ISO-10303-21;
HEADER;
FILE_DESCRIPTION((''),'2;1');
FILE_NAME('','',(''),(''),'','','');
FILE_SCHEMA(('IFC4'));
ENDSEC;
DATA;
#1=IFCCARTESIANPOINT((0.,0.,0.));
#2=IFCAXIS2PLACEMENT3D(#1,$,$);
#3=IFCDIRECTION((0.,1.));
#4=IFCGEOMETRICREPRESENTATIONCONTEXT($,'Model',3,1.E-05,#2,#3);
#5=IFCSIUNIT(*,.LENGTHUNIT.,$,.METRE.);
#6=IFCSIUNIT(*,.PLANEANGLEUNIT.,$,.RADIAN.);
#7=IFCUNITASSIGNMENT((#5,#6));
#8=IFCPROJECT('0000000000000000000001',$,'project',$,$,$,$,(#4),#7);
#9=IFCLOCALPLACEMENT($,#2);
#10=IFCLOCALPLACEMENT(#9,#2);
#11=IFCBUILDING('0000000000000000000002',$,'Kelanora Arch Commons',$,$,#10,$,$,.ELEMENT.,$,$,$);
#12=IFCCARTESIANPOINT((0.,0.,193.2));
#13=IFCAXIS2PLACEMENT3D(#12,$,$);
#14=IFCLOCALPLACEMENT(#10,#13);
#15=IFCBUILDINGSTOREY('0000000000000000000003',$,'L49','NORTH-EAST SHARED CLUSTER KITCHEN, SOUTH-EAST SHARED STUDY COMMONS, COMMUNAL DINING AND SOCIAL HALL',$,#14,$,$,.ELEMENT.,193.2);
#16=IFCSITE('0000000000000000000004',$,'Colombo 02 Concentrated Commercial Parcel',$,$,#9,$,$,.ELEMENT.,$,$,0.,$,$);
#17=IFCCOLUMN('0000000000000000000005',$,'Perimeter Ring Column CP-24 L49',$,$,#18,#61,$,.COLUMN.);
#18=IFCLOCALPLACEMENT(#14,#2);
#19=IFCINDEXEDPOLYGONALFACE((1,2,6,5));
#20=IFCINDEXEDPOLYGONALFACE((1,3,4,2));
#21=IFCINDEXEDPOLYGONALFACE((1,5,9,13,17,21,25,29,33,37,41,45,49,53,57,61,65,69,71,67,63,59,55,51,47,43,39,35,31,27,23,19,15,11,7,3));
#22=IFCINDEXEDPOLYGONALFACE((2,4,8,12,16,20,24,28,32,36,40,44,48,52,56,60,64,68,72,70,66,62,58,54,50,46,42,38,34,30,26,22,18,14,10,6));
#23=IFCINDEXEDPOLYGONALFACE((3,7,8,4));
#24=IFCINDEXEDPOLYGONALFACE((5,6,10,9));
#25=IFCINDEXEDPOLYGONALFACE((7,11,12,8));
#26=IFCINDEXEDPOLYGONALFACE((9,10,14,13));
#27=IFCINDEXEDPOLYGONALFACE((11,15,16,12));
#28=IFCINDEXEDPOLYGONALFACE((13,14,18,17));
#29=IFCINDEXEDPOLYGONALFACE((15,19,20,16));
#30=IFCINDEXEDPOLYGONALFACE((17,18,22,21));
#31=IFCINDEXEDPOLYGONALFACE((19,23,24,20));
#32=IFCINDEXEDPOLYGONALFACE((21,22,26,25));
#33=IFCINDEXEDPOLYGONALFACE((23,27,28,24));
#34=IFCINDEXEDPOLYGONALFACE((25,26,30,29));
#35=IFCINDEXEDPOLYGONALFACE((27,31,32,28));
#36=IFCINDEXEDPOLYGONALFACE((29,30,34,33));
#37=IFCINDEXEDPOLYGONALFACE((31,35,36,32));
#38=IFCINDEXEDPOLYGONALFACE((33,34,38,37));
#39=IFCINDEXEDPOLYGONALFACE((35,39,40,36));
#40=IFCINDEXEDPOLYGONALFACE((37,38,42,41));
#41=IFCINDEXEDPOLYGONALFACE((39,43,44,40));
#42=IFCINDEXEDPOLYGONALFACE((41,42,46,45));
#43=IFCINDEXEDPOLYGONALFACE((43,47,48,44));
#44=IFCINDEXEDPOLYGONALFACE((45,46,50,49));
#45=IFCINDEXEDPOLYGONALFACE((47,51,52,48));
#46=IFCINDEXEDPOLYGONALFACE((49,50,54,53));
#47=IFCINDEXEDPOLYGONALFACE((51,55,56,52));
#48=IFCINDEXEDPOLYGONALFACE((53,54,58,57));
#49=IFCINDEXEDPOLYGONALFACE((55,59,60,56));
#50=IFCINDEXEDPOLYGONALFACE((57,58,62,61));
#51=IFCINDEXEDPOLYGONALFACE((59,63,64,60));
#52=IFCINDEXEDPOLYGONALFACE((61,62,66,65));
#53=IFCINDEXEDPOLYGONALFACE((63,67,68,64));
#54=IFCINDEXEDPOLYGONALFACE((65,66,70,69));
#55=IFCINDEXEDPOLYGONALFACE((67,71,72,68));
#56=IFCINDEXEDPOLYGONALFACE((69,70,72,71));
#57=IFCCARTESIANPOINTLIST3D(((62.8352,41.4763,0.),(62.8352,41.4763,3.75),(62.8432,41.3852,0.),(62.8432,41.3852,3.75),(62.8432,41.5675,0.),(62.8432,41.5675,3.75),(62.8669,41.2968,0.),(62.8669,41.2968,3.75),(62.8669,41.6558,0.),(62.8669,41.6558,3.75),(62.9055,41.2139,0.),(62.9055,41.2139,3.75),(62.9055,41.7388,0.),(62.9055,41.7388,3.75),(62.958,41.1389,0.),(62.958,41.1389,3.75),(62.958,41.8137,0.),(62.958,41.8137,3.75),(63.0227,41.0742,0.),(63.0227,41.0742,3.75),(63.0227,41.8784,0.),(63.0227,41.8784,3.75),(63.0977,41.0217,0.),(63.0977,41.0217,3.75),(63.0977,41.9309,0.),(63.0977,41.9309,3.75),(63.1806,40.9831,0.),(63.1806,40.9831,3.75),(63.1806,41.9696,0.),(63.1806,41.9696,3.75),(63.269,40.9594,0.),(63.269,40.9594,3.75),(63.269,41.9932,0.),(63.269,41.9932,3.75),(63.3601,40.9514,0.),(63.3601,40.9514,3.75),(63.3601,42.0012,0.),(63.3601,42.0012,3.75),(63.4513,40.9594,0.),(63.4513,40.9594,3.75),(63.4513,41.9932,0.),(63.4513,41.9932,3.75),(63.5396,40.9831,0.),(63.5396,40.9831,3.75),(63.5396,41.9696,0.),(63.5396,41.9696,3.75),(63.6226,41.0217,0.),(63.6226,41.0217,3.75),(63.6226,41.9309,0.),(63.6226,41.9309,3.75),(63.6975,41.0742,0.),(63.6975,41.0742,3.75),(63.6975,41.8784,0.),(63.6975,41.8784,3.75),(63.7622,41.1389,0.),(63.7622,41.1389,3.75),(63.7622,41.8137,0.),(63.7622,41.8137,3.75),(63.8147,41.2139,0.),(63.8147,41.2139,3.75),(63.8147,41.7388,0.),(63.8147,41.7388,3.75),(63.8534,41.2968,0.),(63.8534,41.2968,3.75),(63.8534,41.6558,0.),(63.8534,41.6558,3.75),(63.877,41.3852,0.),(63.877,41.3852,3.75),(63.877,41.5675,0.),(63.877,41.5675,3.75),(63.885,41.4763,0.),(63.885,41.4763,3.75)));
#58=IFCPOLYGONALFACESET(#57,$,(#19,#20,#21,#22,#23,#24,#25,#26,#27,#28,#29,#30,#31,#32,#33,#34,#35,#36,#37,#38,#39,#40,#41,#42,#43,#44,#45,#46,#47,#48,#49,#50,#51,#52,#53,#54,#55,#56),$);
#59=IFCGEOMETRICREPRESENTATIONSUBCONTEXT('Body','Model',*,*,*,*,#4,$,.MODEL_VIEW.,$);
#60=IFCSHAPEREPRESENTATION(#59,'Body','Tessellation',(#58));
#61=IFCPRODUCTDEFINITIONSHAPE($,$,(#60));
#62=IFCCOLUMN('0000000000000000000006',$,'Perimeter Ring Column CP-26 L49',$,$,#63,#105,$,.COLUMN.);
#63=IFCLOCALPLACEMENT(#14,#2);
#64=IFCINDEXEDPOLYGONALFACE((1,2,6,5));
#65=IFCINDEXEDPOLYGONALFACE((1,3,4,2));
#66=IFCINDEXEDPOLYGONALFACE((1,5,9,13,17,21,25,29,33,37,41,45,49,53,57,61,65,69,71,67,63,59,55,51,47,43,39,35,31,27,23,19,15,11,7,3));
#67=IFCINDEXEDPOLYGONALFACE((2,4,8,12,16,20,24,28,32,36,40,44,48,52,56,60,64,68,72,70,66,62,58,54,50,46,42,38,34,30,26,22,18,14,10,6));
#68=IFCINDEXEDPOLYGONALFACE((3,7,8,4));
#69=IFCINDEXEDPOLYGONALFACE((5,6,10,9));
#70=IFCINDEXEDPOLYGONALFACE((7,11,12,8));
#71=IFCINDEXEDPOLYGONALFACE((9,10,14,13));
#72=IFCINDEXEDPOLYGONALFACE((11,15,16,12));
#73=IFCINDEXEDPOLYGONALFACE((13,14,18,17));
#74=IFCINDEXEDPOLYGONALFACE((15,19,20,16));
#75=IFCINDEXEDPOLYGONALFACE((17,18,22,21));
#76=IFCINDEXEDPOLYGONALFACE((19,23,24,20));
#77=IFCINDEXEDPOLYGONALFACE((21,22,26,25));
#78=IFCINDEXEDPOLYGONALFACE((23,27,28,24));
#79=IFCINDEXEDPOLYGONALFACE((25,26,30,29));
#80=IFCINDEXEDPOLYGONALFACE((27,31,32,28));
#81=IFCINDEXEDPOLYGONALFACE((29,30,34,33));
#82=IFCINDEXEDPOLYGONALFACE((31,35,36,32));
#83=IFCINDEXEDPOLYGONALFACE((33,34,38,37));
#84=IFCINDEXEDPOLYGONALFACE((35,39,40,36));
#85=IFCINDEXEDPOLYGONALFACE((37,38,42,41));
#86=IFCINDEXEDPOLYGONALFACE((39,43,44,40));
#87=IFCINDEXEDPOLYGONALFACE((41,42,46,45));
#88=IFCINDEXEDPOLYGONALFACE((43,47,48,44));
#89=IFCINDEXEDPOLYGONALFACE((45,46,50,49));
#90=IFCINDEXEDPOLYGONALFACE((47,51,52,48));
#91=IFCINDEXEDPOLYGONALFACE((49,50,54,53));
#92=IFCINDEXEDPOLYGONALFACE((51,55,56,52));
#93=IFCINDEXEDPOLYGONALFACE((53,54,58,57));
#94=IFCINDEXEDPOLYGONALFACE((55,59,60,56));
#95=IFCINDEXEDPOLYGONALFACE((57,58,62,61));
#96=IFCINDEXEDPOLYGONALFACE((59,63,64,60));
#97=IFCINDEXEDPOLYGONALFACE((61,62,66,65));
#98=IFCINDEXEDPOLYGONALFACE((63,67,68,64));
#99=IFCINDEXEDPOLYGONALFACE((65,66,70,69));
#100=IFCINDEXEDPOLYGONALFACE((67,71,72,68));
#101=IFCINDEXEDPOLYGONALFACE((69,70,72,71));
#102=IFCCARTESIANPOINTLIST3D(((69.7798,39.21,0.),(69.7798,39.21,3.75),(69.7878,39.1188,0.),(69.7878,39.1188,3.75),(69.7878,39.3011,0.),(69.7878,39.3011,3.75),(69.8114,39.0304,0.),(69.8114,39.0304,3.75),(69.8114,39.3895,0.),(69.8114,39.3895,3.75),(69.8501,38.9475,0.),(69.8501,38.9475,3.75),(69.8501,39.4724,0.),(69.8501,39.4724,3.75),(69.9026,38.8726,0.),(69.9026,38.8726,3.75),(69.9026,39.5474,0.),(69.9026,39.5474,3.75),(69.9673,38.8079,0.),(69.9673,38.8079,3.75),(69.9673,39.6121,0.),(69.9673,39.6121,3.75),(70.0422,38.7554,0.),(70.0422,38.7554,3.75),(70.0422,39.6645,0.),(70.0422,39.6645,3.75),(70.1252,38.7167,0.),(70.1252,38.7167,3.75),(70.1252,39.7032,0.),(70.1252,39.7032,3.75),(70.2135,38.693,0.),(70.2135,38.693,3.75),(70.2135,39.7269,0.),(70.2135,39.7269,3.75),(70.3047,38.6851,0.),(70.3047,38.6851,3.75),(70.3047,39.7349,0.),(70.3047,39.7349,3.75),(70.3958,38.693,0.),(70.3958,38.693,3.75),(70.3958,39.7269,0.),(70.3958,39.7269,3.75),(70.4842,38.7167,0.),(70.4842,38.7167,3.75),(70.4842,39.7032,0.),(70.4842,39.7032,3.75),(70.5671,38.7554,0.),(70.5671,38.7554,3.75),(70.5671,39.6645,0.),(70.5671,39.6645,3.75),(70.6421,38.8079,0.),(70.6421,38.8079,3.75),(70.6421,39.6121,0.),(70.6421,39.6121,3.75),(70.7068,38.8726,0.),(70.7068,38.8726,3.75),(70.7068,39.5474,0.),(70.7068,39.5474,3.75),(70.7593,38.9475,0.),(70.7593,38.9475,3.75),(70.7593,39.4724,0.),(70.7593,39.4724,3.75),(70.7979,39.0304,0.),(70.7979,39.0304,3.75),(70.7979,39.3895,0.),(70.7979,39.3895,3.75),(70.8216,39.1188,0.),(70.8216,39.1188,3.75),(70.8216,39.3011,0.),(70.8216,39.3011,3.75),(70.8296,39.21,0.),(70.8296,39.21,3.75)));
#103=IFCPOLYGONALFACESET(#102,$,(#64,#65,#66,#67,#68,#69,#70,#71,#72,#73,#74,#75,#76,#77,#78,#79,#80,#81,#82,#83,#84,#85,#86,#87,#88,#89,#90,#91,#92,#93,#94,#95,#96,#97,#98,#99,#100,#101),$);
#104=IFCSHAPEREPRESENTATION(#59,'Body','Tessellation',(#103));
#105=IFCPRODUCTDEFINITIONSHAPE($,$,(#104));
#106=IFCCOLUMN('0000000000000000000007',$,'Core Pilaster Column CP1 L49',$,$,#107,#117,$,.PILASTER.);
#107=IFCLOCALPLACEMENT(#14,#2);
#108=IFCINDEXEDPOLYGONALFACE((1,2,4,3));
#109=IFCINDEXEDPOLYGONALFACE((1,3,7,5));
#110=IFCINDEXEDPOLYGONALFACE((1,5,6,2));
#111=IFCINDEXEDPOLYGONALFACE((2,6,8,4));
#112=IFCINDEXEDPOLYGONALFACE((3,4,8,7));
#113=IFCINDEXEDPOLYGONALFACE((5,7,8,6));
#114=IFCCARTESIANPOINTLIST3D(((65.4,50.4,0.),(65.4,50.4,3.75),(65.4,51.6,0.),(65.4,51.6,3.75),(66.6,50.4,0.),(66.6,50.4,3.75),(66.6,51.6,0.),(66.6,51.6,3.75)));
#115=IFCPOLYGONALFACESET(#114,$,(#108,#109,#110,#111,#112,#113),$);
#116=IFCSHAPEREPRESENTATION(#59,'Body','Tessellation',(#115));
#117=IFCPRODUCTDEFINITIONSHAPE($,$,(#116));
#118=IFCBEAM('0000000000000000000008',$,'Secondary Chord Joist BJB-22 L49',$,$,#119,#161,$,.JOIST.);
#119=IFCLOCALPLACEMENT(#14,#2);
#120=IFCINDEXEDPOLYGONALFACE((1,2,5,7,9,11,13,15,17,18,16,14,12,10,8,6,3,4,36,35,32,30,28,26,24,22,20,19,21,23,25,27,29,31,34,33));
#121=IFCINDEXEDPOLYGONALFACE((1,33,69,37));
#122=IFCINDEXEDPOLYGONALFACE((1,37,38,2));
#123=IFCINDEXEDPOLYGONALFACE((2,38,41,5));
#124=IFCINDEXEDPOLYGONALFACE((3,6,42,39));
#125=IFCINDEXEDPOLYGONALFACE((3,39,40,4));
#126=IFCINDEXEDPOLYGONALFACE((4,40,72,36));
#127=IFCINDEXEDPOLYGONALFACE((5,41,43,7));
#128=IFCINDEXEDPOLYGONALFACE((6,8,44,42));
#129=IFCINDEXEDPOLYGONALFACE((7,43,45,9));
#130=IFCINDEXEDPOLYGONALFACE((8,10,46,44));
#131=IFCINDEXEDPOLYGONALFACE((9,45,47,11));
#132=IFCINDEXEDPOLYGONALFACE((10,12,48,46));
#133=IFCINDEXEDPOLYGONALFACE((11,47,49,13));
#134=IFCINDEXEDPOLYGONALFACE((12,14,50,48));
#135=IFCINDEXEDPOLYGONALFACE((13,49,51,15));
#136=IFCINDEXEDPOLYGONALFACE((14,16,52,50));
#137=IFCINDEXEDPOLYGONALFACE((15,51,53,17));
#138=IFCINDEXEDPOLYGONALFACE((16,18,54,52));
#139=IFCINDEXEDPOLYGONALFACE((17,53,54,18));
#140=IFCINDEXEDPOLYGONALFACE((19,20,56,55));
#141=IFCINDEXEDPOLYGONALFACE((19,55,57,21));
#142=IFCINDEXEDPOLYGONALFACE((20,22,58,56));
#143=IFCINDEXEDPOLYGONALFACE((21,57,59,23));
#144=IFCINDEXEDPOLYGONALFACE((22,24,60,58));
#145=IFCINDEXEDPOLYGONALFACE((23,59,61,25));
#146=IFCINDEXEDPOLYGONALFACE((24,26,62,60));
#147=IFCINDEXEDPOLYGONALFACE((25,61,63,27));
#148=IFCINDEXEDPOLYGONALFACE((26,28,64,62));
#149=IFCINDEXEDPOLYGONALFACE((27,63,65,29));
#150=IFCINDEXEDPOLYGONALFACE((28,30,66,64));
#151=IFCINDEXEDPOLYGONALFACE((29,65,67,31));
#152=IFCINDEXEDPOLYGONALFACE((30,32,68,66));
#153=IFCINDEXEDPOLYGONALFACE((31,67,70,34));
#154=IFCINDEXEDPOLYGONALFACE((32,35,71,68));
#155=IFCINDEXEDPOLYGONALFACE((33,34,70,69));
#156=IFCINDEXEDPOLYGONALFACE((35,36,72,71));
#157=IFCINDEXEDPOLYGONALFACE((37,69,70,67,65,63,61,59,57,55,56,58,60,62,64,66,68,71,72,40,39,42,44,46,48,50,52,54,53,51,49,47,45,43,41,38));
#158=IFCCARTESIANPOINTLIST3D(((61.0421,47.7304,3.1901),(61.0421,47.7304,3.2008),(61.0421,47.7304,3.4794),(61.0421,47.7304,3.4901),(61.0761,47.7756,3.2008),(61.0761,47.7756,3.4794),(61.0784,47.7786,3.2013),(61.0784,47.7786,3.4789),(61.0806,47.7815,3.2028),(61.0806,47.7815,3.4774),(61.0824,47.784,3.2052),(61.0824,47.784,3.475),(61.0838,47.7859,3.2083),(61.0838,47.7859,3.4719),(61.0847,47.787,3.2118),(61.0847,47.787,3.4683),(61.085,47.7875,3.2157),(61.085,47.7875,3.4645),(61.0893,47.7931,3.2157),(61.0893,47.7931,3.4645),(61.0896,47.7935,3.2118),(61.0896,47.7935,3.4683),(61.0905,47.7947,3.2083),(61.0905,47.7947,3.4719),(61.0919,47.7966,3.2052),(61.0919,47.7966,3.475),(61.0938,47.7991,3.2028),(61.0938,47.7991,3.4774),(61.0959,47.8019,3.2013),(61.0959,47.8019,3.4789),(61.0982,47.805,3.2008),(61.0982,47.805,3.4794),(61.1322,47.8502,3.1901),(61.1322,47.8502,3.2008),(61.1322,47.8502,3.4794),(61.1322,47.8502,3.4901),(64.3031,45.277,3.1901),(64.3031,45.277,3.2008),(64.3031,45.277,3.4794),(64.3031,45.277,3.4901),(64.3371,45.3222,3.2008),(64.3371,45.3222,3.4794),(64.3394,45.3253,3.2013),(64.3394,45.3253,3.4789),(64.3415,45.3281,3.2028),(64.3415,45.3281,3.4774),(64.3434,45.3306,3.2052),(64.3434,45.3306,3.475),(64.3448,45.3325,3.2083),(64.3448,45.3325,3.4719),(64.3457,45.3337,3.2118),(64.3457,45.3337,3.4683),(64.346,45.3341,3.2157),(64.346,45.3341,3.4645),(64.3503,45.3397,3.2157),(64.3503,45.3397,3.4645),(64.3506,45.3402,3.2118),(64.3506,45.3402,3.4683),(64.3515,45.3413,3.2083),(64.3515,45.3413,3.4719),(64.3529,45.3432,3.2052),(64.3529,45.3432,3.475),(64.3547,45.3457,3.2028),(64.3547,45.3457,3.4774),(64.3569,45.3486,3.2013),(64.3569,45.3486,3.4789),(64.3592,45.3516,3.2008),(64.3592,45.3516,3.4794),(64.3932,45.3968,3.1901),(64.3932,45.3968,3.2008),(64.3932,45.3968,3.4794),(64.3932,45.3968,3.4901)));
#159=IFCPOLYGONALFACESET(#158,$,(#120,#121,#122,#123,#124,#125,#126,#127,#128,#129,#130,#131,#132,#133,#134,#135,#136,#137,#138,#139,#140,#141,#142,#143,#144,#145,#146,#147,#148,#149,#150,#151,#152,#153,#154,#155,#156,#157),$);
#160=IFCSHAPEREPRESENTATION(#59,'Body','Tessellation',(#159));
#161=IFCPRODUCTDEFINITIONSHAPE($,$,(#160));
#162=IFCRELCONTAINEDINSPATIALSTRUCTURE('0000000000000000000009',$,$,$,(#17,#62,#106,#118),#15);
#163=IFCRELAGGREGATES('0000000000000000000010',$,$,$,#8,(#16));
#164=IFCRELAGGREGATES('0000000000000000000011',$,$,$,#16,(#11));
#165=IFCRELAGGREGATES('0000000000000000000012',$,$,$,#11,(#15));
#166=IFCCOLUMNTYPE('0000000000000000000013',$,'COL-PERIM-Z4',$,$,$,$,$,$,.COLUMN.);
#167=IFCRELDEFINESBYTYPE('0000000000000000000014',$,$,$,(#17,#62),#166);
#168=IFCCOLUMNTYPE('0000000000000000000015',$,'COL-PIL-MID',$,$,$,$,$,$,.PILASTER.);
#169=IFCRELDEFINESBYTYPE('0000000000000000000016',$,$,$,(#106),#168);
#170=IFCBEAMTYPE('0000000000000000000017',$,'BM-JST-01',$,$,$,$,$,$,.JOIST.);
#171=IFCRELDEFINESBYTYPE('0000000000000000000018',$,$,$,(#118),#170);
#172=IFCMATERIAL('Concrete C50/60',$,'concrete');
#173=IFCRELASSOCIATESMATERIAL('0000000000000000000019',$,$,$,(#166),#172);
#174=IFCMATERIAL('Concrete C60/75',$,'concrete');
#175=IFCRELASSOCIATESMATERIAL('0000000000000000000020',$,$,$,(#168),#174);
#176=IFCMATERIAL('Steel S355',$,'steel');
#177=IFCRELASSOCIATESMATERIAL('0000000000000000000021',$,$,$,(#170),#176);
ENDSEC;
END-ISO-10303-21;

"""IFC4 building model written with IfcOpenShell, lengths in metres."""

from ifc_helpers import new_model, si_unit, direction, frame, origin, origin_2d, place, context, subcontext, project, spatial, rectangle, circle, i_section, extrude, material, material_profile, profile_set, type_object, element, save


model = new_model("IFC4")

# Units and contexts
model_context = context("Model", 3, precision=1e-05, world=origin(), true_north=direction((0.0, 1.0)))
body_context = subcontext(model_context, "Body", "Model", "MODEL_VIEW")
ifc_project = project(units=[si_unit("LENGTHUNIT", "METRE"), si_unit("PLANEANGLEUNIT", "RADIAN")], contexts=[model_context])

# Site, building, storey
site_placement = place(None, origin())
site = spatial("IfcSite", under=ifc_project, at=site_placement, Name="Colombo 02 Concentrated Commercial Parcel", CompositionType="ELEMENT", RefElevation=0.0)
building_placement = place(site_placement, origin())
building = spatial("IfcBuilding", under=site, at=building_placement, Name="Kelanora Arch Commons", CompositionType="ELEMENT")
storey_placement = place(building_placement, frame((0.0, 0.0, 193.2)))
storey = spatial("IfcBuildingStorey", under=building, at=storey_placement, Name="L49", Description="NORTH-EAST SHARED CLUSTER KITCHEN, SOUTH-EAST SHARED STUDY COMMONS, COMMUNAL DINING AND SOCIAL HALL", CompositionType="ELEMENT", Elevation=193.2)

# Columns
ifc_material_1 = material(Name="Concrete C50/60", Category="concrete")
ifc_material_profile_1 = material_profile(ifc_material_1, circle(Radius=0.5249, at=origin_2d()), Name="RCC1050")
ifc_profile_set_1 = profile_set([ifc_material_profile_1], Name="Concrete C50/60")
column_type_1 = type_object("IfcColumnType", Name="COL-PERIM-Z4", PredefinedType="COLUMN", material=ifc_profile_set_1)
for number, where, z_axis, x_axis, name in (
    (1, (63.3601, 41.4763, 0.0), (0.0, 0.0, 1.0), (1.0, 0.0, 0.0), "Perimeter Ring Column CP-24 L49"),
    (2, (70.3047, 39.21, 0.0), (0.0, 0.0, 1.0), (1.0, 0.0, 0.0), "Perimeter Ring Column CP-26 L49"),
):
    element("IfcColumn", number, at=place(storey_placement, frame(where, z_axis=z_axis, x_axis=x_axis)), inside=storey, type_object=column_type_1, Name=name, PredefinedType="COLUMN", context=body_context, shape_type="SweptSolid", body=[
        extrude(circle(Radius=0.5249, at=origin_2d()), origin(), (0.0, 0.0, 1.0), 3.75),
    ])
ifc_material_2 = material(Name="Concrete C60/75", Category="concrete")
ifc_material_profile_2 = material_profile(ifc_material_2, rectangle(XDim=1.2, YDim=1.2, at=origin_2d()), Name="RC1200x1200")
ifc_profile_set_2 = profile_set([ifc_material_profile_2], Name="Concrete C60/75")
column_type_2 = type_object("IfcColumnType", Name="COL-PIL-MID", PredefinedType="PILASTER", material=ifc_profile_set_2)
column_placement = place(storey_placement, frame((66.0, 51.0, 0.0), z_axis=(0.0, 0.0, 1.0), x_axis=(1.0, 0.0, 0.0)))
element("IfcColumn", 3, at=column_placement, inside=storey, type_object=column_type_2, Name="Core Pilaster Column CP1 L49", PredefinedType="PILASTER", context=body_context, shape_type="SweptSolid", body=[
    extrude(rectangle(XDim=1.2, YDim=1.2, at=origin_2d()), origin(), (0.0, 0.0, 1.0), 3.75),
])

# Beam
ifc_material_3 = material(Name="Steel S355", Category="steel")
ifc_material_profile_3 = material_profile(ifc_material_3, i_section(OverallWidth=0.1499, OverallDepth=0.3, WebThickness=0.0071, FlangeThickness=0.0107, FilletRadius=0.0149, at=origin_2d()), Name="IPE300")
ifc_profile_set_3 = profile_set([ifc_material_profile_3], Name="Steel S355")
beam_type_1 = type_object("IfcBeamType", Name="BM-JST-01", PredefinedType="JOIST", material=ifc_profile_set_3)
beam_1_placement = place(storey_placement, frame((61.0872, 47.7903, 3.3401), z_axis=(0.799102, -0.601196, 0.0), x_axis=(0.601196, 0.799102, 0.0)))
element("IfcBeam", 4, at=beam_1_placement, inside=storey, type_object=beam_type_1, Name="Secondary Chord Joist BJB-22 L49", PredefinedType="JOIST", context=body_context, shape_type="SweptSolid", body=[
    extrude(i_section(OverallWidth=0.1499, OverallDepth=0.3, WebThickness=0.0071, FlangeThickness=0.0107, FilletRadius=0.0149, at=origin_2d()), origin(), (0.0, 0.0, 1.0), 4.0808),
])

save(model, "model.ifc")
